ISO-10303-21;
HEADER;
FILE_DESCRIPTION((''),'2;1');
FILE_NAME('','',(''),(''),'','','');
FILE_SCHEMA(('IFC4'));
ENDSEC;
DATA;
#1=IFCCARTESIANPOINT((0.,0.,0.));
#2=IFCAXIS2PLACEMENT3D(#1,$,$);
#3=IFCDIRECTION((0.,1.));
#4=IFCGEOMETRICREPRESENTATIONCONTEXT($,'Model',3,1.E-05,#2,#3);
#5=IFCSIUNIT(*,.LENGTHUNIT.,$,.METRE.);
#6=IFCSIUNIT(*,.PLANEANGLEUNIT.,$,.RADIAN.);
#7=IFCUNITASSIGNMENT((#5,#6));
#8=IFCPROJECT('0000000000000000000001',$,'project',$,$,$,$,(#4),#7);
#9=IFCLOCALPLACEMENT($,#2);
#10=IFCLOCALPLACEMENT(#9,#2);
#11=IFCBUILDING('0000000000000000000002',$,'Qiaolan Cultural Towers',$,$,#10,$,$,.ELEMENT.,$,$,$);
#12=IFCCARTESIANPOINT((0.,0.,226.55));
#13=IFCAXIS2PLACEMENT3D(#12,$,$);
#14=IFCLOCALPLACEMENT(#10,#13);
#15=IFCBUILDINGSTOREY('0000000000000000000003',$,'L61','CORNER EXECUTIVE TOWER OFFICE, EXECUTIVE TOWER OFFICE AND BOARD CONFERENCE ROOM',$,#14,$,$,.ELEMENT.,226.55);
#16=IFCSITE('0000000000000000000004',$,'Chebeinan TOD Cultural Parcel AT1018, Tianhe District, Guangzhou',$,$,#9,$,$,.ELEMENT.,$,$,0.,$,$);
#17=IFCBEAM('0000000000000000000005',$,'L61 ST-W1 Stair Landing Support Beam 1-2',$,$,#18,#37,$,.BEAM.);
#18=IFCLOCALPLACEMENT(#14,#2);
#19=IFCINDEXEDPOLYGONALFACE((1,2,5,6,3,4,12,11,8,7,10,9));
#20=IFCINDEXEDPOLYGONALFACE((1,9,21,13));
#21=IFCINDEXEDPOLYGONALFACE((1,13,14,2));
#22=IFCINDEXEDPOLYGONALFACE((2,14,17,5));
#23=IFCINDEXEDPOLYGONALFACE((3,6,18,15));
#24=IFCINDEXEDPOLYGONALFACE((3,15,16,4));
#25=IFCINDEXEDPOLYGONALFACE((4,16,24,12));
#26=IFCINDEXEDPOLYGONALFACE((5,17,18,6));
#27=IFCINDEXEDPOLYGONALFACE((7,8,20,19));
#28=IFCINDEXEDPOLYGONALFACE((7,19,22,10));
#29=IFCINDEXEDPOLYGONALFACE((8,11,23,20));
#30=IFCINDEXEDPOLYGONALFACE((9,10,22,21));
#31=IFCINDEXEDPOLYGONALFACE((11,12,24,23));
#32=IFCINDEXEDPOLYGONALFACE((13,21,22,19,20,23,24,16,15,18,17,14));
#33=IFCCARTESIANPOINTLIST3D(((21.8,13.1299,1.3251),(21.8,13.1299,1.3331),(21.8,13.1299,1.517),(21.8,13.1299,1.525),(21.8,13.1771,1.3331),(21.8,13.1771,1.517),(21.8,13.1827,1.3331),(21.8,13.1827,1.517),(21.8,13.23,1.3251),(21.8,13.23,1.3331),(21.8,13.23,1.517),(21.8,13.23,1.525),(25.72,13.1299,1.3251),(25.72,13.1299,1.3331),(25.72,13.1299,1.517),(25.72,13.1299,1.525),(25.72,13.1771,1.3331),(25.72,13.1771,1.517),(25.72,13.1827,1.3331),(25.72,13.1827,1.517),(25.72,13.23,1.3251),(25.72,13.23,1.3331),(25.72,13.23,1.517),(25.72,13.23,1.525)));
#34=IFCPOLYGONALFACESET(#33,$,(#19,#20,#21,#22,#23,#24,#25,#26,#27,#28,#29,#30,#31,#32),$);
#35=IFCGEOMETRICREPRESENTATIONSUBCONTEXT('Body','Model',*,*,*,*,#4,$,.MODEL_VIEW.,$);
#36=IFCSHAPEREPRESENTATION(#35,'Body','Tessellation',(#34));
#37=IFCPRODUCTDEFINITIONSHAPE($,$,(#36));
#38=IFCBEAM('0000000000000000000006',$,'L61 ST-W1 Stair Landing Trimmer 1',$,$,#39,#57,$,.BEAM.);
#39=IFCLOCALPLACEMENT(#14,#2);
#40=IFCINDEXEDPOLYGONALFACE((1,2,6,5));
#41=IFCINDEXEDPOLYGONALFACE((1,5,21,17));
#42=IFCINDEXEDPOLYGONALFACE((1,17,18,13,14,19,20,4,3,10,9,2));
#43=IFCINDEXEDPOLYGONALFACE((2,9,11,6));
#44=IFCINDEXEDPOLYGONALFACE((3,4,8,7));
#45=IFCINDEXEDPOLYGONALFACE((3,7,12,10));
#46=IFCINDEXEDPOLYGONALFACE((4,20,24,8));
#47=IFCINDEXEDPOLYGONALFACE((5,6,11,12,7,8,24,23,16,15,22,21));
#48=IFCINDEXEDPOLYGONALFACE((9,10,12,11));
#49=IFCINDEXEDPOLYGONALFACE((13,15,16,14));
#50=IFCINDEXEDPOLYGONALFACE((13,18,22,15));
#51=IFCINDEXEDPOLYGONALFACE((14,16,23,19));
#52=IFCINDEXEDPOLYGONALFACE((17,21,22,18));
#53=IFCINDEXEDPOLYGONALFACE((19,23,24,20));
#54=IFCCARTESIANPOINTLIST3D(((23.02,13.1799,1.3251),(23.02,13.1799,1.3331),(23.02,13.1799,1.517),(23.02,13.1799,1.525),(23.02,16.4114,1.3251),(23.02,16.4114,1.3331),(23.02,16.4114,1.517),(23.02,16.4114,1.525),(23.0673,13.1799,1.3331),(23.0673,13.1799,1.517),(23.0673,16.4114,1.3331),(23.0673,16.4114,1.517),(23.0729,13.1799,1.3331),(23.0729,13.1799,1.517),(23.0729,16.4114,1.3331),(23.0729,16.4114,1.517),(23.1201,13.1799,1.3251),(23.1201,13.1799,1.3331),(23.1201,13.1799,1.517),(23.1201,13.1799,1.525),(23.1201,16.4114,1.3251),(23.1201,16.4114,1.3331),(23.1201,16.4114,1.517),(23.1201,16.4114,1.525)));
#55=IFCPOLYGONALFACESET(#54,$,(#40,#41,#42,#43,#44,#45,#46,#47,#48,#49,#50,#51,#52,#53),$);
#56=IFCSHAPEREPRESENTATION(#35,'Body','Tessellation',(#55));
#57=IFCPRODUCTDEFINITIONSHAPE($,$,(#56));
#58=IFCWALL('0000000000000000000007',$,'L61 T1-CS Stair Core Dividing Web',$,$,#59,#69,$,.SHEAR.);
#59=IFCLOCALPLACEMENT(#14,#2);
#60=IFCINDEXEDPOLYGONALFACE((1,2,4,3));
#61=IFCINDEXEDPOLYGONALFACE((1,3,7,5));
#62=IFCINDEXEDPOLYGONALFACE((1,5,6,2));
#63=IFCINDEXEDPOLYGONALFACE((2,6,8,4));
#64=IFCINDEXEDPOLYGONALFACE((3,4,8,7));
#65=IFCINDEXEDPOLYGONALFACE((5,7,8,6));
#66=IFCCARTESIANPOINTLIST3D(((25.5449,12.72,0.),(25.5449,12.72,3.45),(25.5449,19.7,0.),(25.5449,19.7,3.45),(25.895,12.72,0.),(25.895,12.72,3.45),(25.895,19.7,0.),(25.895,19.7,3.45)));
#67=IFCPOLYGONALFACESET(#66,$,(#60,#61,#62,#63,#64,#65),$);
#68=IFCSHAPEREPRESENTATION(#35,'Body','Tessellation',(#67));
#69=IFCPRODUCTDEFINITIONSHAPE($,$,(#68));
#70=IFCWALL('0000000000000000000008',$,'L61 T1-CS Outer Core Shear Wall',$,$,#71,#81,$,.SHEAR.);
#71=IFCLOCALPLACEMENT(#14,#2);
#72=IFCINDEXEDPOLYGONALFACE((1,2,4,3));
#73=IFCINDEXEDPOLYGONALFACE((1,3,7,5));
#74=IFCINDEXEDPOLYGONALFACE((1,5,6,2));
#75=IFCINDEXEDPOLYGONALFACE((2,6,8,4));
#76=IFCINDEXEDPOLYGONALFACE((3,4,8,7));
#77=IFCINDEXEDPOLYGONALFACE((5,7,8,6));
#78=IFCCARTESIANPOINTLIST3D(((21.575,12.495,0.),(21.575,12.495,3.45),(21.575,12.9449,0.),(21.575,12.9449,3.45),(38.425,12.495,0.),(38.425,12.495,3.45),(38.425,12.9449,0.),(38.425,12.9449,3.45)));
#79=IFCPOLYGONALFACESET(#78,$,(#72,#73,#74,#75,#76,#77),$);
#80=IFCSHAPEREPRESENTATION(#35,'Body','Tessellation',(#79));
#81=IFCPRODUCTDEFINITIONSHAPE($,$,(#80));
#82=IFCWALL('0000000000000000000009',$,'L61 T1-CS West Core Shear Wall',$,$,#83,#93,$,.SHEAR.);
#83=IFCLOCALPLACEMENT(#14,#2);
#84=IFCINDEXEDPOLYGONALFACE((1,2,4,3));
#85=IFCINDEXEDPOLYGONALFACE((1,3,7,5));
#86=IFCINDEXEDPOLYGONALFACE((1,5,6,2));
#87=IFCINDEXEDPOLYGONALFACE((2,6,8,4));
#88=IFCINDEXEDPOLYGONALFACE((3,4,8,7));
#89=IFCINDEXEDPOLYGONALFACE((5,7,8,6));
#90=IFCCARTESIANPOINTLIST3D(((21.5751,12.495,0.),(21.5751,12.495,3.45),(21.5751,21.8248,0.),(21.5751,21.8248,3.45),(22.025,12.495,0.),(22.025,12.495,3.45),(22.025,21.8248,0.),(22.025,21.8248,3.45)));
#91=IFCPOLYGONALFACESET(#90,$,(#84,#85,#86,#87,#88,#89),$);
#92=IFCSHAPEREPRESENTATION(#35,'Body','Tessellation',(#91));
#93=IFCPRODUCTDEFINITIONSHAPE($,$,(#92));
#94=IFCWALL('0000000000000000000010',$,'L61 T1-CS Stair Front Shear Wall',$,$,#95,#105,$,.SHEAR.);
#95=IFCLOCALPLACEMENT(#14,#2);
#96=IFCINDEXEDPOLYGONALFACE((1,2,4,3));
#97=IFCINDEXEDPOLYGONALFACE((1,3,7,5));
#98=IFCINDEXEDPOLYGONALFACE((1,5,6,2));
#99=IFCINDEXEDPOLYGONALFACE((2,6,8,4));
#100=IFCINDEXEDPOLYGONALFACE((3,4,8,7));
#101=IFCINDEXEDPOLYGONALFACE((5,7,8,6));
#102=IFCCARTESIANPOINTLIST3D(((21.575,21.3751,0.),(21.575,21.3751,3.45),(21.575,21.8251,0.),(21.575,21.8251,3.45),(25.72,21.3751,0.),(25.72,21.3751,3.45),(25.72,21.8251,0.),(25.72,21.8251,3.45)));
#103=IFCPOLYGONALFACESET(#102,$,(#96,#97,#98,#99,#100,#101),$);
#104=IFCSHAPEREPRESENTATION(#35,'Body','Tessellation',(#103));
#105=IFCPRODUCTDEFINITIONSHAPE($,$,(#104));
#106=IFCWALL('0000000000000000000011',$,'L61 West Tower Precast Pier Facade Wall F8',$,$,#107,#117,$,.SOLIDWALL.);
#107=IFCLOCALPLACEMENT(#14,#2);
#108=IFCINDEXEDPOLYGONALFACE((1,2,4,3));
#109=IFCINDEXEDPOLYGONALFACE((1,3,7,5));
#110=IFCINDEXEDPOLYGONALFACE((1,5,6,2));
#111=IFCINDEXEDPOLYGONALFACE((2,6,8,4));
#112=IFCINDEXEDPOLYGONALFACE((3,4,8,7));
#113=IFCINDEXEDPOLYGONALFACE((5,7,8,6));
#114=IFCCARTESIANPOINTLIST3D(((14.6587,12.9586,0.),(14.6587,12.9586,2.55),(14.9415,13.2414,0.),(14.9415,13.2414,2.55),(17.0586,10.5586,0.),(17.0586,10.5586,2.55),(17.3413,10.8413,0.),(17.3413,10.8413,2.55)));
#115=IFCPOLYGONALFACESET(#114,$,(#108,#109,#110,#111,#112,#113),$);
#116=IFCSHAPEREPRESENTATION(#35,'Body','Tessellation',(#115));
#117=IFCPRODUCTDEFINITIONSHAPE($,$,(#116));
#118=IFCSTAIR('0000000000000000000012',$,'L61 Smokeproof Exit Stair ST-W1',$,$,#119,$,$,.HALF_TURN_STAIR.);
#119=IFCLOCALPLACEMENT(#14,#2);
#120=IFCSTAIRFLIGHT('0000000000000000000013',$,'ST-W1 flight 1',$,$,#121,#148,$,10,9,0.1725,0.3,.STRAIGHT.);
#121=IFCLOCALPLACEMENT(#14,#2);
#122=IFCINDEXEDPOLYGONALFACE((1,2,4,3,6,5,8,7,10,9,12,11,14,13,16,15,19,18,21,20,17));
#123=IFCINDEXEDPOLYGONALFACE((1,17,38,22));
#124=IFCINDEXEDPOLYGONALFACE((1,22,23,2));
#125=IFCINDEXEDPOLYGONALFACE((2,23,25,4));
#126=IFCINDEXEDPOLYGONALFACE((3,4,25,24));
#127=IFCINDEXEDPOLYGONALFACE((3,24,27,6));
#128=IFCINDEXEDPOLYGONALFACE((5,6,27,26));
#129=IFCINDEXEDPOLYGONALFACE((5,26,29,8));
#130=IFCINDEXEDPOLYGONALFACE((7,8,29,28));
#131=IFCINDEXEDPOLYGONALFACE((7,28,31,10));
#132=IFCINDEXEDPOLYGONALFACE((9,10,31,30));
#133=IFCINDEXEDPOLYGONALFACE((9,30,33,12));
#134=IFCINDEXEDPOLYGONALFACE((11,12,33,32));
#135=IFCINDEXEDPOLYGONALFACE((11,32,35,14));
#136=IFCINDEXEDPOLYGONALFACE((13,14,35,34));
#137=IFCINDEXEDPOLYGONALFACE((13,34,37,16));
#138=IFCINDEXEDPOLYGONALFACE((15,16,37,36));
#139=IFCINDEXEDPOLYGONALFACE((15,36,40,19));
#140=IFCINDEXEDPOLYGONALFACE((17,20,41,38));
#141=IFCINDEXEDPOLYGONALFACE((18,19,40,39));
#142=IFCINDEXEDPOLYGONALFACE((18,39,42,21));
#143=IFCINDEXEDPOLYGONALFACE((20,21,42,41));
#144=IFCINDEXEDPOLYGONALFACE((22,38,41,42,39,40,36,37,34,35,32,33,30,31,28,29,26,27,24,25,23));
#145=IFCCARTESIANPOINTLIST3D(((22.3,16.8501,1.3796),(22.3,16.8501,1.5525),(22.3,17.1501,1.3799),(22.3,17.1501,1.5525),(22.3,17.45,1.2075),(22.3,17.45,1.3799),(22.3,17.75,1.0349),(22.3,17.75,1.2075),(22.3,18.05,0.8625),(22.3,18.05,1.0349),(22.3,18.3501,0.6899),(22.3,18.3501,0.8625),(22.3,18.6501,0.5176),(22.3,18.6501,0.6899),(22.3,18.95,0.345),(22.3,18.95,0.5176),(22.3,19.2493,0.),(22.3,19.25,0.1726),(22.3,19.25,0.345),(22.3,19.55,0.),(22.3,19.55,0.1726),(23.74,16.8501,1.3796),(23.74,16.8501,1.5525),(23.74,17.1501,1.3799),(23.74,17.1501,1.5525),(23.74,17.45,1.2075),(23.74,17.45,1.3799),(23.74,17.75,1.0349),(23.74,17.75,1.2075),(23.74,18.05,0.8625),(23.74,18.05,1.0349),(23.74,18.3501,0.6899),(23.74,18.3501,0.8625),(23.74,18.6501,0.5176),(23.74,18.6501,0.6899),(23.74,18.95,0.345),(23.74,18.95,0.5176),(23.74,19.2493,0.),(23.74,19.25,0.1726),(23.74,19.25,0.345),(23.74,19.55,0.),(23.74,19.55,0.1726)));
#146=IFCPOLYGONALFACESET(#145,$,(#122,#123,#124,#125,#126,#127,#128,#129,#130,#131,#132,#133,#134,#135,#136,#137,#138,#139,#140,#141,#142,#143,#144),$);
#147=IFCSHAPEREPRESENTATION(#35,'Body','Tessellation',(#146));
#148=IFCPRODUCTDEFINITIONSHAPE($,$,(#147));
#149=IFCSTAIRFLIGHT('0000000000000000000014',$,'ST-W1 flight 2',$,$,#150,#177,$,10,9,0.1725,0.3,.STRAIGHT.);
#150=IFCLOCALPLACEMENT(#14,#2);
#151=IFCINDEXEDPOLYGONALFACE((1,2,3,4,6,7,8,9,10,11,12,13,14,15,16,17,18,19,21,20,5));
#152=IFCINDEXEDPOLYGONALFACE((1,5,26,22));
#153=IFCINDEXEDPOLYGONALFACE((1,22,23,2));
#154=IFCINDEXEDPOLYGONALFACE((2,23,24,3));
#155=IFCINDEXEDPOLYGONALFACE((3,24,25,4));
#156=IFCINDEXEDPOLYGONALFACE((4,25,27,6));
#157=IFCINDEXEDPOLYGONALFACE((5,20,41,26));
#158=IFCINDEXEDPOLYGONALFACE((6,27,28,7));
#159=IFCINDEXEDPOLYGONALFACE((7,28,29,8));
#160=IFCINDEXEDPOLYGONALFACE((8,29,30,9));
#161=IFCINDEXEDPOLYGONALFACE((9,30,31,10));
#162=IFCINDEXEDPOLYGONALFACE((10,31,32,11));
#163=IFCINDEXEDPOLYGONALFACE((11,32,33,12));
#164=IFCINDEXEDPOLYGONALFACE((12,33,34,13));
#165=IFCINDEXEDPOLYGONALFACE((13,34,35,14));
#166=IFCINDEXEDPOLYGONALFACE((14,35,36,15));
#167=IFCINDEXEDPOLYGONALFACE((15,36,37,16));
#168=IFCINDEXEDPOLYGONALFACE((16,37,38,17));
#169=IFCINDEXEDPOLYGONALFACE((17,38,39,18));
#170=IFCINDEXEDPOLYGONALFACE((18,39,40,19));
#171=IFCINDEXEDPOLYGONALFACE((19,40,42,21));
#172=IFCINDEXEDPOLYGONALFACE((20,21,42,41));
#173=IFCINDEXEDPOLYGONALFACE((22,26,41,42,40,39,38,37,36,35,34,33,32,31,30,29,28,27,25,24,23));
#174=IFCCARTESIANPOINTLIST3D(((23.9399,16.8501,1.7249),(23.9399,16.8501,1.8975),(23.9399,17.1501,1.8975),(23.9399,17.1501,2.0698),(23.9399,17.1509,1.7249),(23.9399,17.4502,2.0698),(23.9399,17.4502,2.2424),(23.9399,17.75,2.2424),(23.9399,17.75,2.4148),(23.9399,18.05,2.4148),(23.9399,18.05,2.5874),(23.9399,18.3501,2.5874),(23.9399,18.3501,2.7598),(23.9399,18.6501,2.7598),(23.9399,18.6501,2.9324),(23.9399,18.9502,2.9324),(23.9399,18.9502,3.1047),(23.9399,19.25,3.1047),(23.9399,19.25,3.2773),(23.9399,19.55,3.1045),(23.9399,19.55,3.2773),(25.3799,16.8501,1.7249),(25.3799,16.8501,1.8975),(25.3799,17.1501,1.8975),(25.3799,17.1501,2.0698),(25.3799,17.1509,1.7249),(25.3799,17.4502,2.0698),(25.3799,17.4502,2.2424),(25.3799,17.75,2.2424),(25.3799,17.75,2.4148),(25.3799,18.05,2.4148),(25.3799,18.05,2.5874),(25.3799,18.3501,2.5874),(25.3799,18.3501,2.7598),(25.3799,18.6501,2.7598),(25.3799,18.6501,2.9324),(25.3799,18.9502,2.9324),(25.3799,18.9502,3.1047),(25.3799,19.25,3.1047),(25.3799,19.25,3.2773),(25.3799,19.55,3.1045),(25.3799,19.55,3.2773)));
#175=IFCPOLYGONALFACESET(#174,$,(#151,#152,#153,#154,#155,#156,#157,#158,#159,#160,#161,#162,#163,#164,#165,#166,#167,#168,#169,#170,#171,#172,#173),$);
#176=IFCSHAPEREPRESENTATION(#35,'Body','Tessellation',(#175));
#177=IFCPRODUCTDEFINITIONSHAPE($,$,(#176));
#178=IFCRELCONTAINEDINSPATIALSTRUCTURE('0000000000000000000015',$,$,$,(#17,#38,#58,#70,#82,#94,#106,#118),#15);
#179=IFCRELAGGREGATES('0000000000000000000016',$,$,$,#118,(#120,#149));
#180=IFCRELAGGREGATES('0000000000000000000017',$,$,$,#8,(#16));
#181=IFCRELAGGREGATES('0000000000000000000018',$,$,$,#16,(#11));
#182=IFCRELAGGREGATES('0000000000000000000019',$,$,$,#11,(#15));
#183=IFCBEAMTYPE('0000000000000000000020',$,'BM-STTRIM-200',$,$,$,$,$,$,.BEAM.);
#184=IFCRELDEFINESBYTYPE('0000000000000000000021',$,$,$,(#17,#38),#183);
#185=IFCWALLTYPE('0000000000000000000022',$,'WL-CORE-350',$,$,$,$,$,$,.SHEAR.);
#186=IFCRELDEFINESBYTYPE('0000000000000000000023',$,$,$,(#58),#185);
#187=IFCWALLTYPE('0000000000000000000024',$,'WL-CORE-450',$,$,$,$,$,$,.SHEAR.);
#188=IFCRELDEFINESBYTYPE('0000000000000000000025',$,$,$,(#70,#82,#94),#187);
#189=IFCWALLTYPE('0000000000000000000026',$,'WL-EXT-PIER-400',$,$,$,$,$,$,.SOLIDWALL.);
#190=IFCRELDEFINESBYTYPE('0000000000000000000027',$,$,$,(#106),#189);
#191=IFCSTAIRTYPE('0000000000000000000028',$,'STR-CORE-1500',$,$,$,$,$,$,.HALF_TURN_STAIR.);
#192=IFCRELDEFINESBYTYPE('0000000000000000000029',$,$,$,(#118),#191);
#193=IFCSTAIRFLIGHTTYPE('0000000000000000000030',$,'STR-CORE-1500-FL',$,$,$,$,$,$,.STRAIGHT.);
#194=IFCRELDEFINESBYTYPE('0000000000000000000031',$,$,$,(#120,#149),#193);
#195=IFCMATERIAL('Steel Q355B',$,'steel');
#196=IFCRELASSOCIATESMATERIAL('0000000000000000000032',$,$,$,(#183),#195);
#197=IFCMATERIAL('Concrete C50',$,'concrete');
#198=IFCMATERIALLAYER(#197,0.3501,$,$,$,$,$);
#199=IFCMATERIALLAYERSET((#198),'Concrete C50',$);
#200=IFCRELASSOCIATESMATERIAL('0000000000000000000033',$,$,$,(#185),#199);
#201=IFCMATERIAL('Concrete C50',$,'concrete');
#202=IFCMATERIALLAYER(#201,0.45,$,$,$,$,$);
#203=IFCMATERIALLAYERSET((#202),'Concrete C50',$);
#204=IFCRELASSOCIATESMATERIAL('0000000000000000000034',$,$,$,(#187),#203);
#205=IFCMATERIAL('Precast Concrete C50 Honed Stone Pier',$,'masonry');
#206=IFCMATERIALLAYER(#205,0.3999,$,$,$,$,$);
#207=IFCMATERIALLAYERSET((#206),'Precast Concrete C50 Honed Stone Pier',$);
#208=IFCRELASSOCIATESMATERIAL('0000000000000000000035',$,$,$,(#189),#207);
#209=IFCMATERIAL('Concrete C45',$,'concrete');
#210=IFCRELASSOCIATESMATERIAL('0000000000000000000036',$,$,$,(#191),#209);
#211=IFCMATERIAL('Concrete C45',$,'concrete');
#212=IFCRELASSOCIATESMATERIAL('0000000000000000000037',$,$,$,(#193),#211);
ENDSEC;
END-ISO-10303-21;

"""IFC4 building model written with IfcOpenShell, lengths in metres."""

from ifc_helpers import new_model, si_unit, direction, frame, frame_2d, origin, origin_2d, place, context, subcontext, project, spatial, polyline, rectangle, i_section, outline, extrude, material, layer, layer_set, material_profile, profile_set, type_object, element, aggregate, save


model = new_model("IFC4")

# Units and contexts
model_context = context("Model", 3, precision=1e-05, world=origin(), true_north=direction((0.0, 1.0)))
body_context = subcontext(model_context, "Body", "Model", "MODEL_VIEW")
ifc_project = project(units=[si_unit("LENGTHUNIT", "METRE"), si_unit("PLANEANGLEUNIT", "RADIAN")], contexts=[model_context])

# Site, building, storey
site_placement = place(None, origin())
site = spatial("IfcSite", under=ifc_project, at=site_placement, Name="Chebeinan TOD Cultural Parcel AT1018, Tianhe District, Guangzhou", CompositionType="ELEMENT", RefElevation=0.0)
building_placement = place(site_placement, origin())
building = spatial("IfcBuilding", under=site, at=building_placement, Name="Qiaolan Cultural Towers", CompositionType="ELEMENT")
storey_placement = place(building_placement, frame((0.0, 0.0, 226.55)))
storey = spatial("IfcBuildingStorey", under=building, at=storey_placement, Name="L61", Description="CORNER EXECUTIVE TOWER OFFICE, EXECUTIVE TOWER OFFICE AND BOARD CONFERENCE ROOM", CompositionType="ELEMENT", Elevation=226.55)

# Beams
ifc_material_1 = material(Name="Steel Q355B", Category="steel")
ifc_material_profile_1 = material_profile(ifc_material_1, i_section(OverallWidth=0.1001, OverallDepth=0.2, WebThickness=0.0056, FlangeThickness=0.0081, at=origin_2d()), Name="HN200x100x5.5x8")
ifc_profile_set_1 = profile_set([ifc_material_profile_1], Name="Steel Q355B")
beam_type_1 = type_object("IfcBeamType", Name="BM-STTRIM-200", PredefinedType="BEAM", material=ifc_profile_set_1)
for number, where, z_axis, x_axis, name in (
    (1, (21.8, 13.1799, 1.425), (1.0, 0.0, 0.0), (0.0, 1.0, 0.0), "L61 ST-W1 Stair Landing Support Beam 1-2"),
):
    element("IfcBeam", number, at=place(storey_placement, frame(where, z_axis=z_axis, x_axis=x_axis)), inside=storey, type_object=beam_type_1, Name=name, PredefinedType="BEAM", context=body_context, shape_type="SweptSolid", body=[
        extrude(i_section(OverallWidth=0.1001, OverallDepth=0.2, WebThickness=0.0056, FlangeThickness=0.0081, at=origin_2d()), origin(), (0.0, 0.0, 1.0), 3.9199),
    ])
beam_1_placement = place(storey_placement, frame((23.0701, 16.4114, 1.425), z_axis=(0.0, -1.0, 0.0), x_axis=(1.0, 0.0, 0.0)))
element("IfcBeam", 2, at=beam_1_placement, inside=storey, type_object=beam_type_1, Name="L61 ST-W1 Stair Landing Trimmer 1", PredefinedType="BEAM", context=body_context, shape_type="SweptSolid", body=[
    extrude(i_section(OverallWidth=0.1001, OverallDepth=0.2, WebThickness=0.0056, FlangeThickness=0.0081, at=origin_2d()), origin(), (0.0, 0.0, 1.0), 3.2314),
])

# Walls
ifc_material_2 = material(Name="Concrete C50", Category="concrete")
ifc_layer_1 = layer(ifc_material_2, 0.3501)
ifc_layer_set_1 = layer_set([ifc_layer_1], Name="Concrete C50")
wall_type_1 = type_object("IfcWallType", Name="WL-CORE-350", PredefinedType="SHEAR", material=ifc_layer_set_1)
wall_1_placement = place(storey_placement, frame((25.72, 19.7, 0.0), z_axis=(0.0, 0.0, 1.0), x_axis=(0.0, -1.0, 0.0)))
element("IfcWall", 3, at=wall_1_placement, inside=storey, type_object=wall_type_1, Name="L61 T1-CS Stair Core Dividing Web", PredefinedType="SHEAR", context=body_context, shape_type="SweptSolid", body=[
    extrude(rectangle(XDim=6.98, YDim=0.3501, at=frame_2d((3.49, 0.0))), origin(), (0.0, 0.0, 1.0), 3.45),
])
ifc_material_3 = material(Name="Concrete C50", Category="concrete")
ifc_layer_2 = layer(ifc_material_3, 0.45)
ifc_layer_set_2 = layer_set([ifc_layer_2], Name="Concrete C50")
wall_type_2 = type_object("IfcWallType", Name="WL-CORE-450", PredefinedType="SHEAR", material=ifc_layer_set_2)
wall_2_placement = place(storey_placement, frame((21.575, 12.72, 0.0), z_axis=(0.0, 0.0, 1.0), x_axis=(1.0, 0.0, 0.0)))
element("IfcWall", 4, at=wall_2_placement, inside=storey, type_object=wall_type_2, Name="L61 T1-CS Outer Core Shear Wall", PredefinedType="SHEAR", context=body_context, shape_type="SweptSolid", body=[
    extrude(rectangle(XDim=16.8501, YDim=0.45, at=frame_2d((8.425, 0.0))), origin(), (0.0, 0.0, 1.0), 3.45),
])
wall_3_placement = place(storey_placement, frame((21.8, 21.825, 0.0), z_axis=(0.0, 0.0, 1.0), x_axis=(0.0, -1.0, 0.0)))
element("IfcWall", 5, at=wall_3_placement, inside=storey, type_object=wall_type_2, Name="L61 T1-CS West Core Shear Wall", PredefinedType="SHEAR", context=body_context, shape_type="SweptSolid", body=[
    extrude(rectangle(XDim=9.3298, YDim=0.45, at=frame_2d((4.665, 0.0))), origin(), (0.0, 0.0, 1.0), 3.45),
])
wall_4_placement = place(storey_placement, frame((21.575, 21.6001, 0.0), z_axis=(0.0, 0.0, 1.0), x_axis=(1.0, 0.0, 0.0)))
element("IfcWall", 6, at=wall_4_placement, inside=storey, type_object=wall_type_2, Name="L61 T1-CS Stair Front Shear Wall", PredefinedType="SHEAR", context=body_context, shape_type="SweptSolid", body=[
    extrude(rectangle(XDim=4.145, YDim=0.45, at=frame_2d((2.0725, 0.0))), origin(), (0.0, 0.0, 1.0), 3.45),
])
ifc_material_4 = material(Name="Precast Concrete C50 Honed Stone Pier", Category="masonry")
ifc_layer_3 = layer(ifc_material_4, 0.3999)
ifc_layer_set_3 = layer_set([ifc_layer_3], Name="Precast Concrete C50 Honed Stone Pier")
wall_type_3 = type_object("IfcWallType", Name="WL-EXT-PIER-400", PredefinedType="SOLIDWALL", material=ifc_layer_set_3)
wall_5_placement = place(storey_placement, frame((17.2, 10.7, 0.0), z_axis=(0.0, 0.0, 1.0), x_axis=(-0.707071, 0.707143, 0.0)))
element("IfcWall", 7, at=wall_5_placement, inside=storey, type_object=wall_type_3, Name="L61 West Tower Precast Pier Facade Wall F8", PredefinedType="SOLIDWALL", context=body_context, shape_type="SweptSolid", body=[
    extrude(rectangle(XDim=3.394, YDim=0.3999, at=frame_2d((1.697, 0.0))), origin(), (0.0, 0.0, 1.0), 2.55),
])

# Stair, stair flights
ifc_material_5 = material(Name="Concrete C45", Category="concrete")
stair_type = type_object("IfcStairType", Name="STR-CORE-1500", PredefinedType="HALF_TURN_STAIR", material=ifc_material_5)
stair_placement = place(storey_placement, origin())
stair = element("IfcStair", 8, at=stair_placement, inside=storey, type_object=stair_type, Name="L61 Smokeproof Exit Stair ST-W1", PredefinedType="HALF_TURN_STAIR")
ifc_material_6 = material(Name="Concrete C45", Category="concrete")
stair_flight_type = type_object("IfcStairFlightType", Name="STR-CORE-1500-FL", PredefinedType="STRAIGHT", material=ifc_material_6)
stair_flight_1_placement = place(storey_placement, frame((23.02, 19.55, 0.0), z_axis=(0.0, 0.0, 1.0), x_axis=(0.0, -1.0, 0.0)))
stair_flight_1 = element("IfcStairFlight", 9, at=stair_flight_1_placement, type_object=stair_flight_type, Name="ST-W1 flight 1", NumberOfRisers=10, NumberOfTreads=9, PredefinedType="STRAIGHT", RiserHeight=0.1725, TreadLength=0.3, context=body_context, shape_type="SweptSolid", body=[
    extrude(outline(polyline([(0.0, 0.0), (0.0, 0.1726), (0.3, 0.1726), (0.3, 0.345), (0.6001, 0.345), (0.6001, 0.5176), (0.8999, 0.5176), (0.8999, 0.6899), (1.2, 0.6899), (1.2, 0.8625), (1.5, 0.8625), (1.5, 1.0349), (1.8, 1.0349), (1.8, 1.2075), (2.1001, 1.2075), (2.1001, 1.3799), (2.3999, 1.3799), (2.3999, 1.5525), (2.7, 1.5525), (2.7, 1.7251), (2.7, 1.3796), (0.3008, 0.0), (0.0, 0.0)])), frame((0.0, 0.72, 0.0), z_axis=(0.0, -1.0, 0.0), x_axis=(1.0, 0.0, 0.0)), (0.0, 0.0, 1.0), 1.4399),
])
stair_flight_2_placement = place(storey_placement, frame((24.6599, 16.8501, 1.7249), z_axis=(0.0, 0.0, 1.0), x_axis=(0.0, 1.0, 0.0)))
stair_flight_2 = element("IfcStairFlight", 10, at=stair_flight_2_placement, type_object=stair_flight_type, Name="ST-W1 flight 2", NumberOfRisers=10, NumberOfTreads=9, PredefinedType="STRAIGHT", RiserHeight=0.1725, TreadLength=0.3, context=body_context, shape_type="SweptSolid", body=[
    extrude(outline(polyline([(0.0, 0.0), (0.0, 0.1726), (0.3, 0.1726), (0.3, 0.345), (0.6001, 0.345), (0.6001, 0.5176), (0.8999, 0.5176), (0.8999, 0.6899), (1.2, 0.6899), (1.2, 0.8625), (1.5, 0.8625), (1.5, 1.0349), (1.8, 1.0349), (1.8, 1.2075), (2.1001, 1.2075), (2.1001, 1.3799), (2.3999, 1.3799), (2.3999, 1.5525), (2.7, 1.5525), (2.7, 1.7251), (2.7, 1.3796), (0.3008, 0.0), (0.0, 0.0)])), frame((0.0, 0.72, 0.0), z_axis=(0.0, -1.0, 0.0), x_axis=(1.0, 0.0, 0.0)), (0.0, 0.0, 1.0), 1.4399),
])
aggregate(stair, [stair_flight_1, stair_flight_2])

save(model, "model.ifc")
